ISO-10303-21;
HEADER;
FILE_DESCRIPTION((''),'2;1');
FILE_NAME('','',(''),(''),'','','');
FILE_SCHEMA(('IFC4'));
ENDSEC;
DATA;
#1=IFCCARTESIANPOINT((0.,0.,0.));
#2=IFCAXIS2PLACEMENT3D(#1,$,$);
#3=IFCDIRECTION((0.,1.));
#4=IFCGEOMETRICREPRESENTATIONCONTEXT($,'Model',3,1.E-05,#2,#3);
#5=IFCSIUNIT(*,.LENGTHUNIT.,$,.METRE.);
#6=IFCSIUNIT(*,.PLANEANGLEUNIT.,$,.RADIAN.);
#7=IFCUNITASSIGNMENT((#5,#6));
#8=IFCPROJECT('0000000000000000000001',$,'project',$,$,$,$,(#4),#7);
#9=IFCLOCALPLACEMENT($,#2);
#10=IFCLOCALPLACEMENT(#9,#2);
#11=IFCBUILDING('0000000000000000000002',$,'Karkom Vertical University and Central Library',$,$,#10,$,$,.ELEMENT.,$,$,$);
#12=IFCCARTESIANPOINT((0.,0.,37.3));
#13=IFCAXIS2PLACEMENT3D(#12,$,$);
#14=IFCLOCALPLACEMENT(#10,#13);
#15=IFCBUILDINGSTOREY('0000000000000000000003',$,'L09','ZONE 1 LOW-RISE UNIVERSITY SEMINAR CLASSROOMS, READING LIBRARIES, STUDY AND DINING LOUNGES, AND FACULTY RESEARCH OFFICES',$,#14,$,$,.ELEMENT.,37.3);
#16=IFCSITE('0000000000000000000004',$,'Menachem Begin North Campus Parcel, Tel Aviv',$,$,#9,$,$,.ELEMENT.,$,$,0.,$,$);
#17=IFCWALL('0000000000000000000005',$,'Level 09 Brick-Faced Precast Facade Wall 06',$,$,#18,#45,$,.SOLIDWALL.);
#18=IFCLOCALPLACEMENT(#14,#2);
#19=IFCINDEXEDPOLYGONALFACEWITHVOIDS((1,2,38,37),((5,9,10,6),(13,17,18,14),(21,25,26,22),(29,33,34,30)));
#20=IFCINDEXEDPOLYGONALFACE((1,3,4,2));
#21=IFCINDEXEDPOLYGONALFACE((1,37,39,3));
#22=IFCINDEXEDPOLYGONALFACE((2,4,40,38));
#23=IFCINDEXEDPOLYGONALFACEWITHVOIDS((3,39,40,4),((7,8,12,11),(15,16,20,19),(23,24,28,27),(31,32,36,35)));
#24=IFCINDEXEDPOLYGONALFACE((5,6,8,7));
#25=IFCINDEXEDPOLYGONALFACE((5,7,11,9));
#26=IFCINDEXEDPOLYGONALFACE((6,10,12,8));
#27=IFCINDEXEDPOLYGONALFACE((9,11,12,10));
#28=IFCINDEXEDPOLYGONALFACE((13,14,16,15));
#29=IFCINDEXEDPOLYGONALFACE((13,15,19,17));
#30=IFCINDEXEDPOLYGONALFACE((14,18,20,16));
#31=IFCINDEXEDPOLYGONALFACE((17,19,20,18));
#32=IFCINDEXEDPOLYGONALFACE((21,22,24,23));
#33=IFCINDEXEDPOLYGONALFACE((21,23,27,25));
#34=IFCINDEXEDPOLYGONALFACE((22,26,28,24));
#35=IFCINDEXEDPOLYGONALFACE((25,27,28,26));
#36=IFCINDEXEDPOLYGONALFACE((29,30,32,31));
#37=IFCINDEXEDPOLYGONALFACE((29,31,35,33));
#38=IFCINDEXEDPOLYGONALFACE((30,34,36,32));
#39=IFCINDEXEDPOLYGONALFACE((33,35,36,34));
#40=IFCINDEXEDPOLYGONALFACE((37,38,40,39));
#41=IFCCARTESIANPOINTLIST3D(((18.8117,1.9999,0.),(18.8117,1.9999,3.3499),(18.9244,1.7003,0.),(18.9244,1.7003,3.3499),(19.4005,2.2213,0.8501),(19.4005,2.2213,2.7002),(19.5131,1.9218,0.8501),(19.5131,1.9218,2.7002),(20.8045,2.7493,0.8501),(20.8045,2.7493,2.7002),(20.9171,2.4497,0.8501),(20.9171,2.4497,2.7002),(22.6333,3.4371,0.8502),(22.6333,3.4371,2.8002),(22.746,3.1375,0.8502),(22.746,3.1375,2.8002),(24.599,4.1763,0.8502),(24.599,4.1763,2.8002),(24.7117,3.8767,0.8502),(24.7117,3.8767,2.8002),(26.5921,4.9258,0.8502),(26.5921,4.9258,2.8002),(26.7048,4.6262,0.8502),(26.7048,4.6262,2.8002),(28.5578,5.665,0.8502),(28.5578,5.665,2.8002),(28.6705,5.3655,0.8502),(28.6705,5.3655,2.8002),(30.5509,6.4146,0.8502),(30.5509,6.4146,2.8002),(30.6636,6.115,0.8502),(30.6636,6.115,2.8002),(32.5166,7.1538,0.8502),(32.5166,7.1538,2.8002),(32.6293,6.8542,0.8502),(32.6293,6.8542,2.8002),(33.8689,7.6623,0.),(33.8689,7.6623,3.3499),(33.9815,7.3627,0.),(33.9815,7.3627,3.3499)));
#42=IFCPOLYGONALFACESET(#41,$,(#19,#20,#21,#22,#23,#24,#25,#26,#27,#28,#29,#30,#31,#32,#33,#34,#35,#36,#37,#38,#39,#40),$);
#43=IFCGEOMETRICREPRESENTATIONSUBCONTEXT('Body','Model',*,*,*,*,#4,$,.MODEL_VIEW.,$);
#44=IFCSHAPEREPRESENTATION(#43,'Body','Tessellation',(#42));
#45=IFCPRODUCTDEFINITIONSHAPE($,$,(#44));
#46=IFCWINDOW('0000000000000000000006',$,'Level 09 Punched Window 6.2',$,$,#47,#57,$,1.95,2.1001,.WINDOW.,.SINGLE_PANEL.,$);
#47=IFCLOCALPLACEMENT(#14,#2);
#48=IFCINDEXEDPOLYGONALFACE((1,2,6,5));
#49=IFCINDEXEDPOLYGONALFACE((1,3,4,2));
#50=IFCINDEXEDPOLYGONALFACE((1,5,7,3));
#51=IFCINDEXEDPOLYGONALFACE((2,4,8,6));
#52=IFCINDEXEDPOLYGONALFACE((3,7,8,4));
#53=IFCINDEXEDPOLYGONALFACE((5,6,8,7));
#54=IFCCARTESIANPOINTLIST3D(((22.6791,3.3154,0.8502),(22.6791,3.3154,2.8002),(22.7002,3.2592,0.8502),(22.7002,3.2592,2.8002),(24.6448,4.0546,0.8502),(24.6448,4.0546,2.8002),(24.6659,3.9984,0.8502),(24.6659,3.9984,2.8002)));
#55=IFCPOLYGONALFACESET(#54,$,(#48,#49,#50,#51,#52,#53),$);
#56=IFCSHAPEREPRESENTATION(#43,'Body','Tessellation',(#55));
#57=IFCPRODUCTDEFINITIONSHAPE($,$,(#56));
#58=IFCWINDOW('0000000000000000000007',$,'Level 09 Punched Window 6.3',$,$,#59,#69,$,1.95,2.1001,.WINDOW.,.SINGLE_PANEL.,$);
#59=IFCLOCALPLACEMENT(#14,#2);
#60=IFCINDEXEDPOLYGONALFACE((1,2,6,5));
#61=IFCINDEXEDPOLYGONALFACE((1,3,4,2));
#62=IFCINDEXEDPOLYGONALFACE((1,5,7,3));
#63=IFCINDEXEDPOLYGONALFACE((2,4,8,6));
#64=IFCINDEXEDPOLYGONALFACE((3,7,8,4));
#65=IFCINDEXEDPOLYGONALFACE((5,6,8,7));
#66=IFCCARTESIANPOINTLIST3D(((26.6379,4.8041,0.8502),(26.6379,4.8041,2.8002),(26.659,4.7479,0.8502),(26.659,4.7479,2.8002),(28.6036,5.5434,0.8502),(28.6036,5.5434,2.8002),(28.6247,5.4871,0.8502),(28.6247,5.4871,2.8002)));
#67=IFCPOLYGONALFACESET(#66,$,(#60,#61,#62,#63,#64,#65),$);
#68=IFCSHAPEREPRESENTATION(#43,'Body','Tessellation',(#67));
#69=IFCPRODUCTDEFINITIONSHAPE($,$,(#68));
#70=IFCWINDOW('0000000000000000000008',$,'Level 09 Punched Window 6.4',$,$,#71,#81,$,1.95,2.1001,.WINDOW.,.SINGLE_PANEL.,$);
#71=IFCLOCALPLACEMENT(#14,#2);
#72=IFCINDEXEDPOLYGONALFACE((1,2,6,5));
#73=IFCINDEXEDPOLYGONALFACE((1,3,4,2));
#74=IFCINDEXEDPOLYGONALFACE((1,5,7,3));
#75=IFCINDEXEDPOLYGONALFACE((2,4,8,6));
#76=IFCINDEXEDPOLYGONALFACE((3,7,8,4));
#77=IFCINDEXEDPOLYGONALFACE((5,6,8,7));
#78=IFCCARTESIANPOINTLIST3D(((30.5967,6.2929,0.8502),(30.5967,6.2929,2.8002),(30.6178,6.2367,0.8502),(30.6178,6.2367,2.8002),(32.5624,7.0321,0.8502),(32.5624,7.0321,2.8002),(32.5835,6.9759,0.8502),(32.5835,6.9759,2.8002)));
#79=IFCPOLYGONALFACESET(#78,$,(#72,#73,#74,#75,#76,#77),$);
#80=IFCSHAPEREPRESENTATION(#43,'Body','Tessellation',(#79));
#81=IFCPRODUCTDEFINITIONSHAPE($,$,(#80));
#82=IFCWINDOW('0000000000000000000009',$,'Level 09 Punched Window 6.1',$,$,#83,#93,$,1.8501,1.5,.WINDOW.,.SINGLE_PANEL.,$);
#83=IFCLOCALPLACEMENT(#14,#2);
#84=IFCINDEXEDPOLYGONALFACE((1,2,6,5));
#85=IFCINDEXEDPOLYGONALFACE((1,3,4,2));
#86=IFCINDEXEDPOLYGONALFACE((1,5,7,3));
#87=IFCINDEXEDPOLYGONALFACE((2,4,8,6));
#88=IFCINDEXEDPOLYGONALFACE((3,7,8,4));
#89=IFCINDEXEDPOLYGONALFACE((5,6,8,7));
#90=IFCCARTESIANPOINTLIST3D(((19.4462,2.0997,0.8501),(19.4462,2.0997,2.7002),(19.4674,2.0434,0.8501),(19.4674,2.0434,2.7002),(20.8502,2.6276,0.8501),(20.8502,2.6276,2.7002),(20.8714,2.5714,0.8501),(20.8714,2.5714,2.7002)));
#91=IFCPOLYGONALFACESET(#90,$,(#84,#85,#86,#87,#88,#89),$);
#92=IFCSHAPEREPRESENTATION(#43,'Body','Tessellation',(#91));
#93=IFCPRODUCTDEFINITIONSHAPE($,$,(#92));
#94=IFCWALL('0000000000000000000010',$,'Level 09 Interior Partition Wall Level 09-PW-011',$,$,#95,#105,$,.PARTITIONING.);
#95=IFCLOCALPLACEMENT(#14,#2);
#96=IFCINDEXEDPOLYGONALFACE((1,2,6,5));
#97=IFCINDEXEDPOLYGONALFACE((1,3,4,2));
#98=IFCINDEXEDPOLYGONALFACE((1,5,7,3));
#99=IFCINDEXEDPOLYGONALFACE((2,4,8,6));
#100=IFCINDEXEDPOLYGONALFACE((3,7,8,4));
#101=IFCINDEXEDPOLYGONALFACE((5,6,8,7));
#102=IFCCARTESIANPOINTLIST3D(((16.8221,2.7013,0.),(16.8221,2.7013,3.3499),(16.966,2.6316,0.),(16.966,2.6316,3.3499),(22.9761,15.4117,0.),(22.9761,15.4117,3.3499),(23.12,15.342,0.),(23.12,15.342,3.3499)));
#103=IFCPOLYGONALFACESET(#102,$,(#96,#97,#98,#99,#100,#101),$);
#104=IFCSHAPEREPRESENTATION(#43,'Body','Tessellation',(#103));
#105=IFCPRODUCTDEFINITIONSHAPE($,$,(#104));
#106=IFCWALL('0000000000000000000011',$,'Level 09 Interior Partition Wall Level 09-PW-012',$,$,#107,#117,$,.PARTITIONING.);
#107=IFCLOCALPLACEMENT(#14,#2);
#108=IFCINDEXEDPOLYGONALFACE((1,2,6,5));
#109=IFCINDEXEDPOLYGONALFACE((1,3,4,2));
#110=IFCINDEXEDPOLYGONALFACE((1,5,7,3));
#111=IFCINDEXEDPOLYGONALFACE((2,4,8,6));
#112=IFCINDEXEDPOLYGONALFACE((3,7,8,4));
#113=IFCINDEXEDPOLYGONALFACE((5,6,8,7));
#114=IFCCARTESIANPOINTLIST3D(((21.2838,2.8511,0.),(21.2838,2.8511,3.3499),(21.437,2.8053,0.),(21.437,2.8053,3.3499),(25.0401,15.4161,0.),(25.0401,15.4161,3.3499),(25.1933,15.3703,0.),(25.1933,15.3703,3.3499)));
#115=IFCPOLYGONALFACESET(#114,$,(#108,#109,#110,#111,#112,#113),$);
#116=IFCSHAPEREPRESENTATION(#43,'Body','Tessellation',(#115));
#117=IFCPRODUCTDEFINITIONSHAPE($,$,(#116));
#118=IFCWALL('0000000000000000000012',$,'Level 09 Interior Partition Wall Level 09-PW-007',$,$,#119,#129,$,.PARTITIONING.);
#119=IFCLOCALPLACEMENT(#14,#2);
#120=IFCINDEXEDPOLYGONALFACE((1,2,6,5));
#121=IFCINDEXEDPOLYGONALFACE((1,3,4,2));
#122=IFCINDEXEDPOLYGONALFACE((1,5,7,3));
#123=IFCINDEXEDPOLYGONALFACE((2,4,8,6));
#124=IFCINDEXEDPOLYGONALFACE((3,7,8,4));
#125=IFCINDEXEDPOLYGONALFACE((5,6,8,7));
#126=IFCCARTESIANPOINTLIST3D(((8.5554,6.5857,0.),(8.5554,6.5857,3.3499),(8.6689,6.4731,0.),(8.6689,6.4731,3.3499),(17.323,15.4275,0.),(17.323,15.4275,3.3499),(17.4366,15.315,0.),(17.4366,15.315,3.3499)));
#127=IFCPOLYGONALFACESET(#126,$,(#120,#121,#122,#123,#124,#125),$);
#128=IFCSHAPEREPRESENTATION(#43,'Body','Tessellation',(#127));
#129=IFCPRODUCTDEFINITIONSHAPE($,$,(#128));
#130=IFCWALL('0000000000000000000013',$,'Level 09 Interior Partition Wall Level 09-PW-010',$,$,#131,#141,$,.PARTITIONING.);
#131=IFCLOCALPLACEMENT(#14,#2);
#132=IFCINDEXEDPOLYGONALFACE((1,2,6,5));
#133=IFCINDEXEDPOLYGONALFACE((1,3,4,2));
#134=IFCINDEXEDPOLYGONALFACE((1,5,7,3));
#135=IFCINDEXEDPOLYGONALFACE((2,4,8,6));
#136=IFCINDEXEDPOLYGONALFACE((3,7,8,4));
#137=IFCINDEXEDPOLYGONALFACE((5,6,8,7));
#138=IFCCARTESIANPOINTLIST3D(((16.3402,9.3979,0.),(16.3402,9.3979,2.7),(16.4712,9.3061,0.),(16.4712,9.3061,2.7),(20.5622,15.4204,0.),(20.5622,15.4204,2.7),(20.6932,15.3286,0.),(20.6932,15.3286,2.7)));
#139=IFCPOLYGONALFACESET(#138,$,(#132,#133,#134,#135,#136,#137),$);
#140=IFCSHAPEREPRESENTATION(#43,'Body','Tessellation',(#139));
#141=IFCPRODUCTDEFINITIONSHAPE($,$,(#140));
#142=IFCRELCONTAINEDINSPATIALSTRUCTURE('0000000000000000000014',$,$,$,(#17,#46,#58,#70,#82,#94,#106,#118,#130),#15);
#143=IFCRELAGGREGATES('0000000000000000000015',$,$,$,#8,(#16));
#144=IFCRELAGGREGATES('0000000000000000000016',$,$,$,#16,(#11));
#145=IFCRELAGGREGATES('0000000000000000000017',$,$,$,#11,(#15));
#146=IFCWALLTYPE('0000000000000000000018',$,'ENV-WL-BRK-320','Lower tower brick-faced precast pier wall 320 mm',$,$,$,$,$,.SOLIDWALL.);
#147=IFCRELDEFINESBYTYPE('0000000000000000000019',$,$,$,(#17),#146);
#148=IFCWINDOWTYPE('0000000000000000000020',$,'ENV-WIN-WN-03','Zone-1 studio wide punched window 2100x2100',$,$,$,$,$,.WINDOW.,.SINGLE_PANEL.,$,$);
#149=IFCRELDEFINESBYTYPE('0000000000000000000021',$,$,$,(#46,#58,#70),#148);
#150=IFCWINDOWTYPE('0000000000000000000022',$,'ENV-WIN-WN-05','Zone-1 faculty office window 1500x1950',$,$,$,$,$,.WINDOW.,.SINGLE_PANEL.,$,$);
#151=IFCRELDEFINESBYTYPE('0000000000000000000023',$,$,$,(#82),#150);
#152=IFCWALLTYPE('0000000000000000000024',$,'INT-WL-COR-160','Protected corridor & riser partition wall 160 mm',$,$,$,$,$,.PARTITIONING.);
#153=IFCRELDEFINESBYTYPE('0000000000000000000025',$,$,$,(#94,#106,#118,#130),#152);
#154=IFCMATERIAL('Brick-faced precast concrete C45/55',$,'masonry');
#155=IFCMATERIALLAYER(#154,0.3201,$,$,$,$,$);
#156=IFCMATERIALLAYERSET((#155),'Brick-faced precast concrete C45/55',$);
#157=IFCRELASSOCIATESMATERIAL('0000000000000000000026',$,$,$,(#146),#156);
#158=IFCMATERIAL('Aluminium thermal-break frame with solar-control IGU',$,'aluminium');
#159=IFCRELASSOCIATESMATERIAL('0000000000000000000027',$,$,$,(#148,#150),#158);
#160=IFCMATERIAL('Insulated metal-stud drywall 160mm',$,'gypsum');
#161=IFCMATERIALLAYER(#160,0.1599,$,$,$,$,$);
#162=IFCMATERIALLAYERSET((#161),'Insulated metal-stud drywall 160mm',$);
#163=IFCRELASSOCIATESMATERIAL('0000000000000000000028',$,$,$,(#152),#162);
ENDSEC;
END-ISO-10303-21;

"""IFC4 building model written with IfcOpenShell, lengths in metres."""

from ifc_helpers import new_model, si_unit, direction, frame, frame_2d, origin, origin_with_axes, place, context, subcontext, project, spatial, rectangle, extrude, source, transform, mapped, material, layer, layer_set, type_object, element, fill, save


model = new_model("IFC4")

# Units and contexts
model_context = context("Model", 3, precision=1e-05, world=origin(), true_north=direction((0.0, 1.0)))
body_context = subcontext(model_context, "Body", "Model", "MODEL_VIEW")
ifc_project = project(units=[si_unit("LENGTHUNIT", "METRE"), si_unit("PLANEANGLEUNIT", "RADIAN")], contexts=[model_context])

# Site, building, storey
site_placement = place(None, origin())
site = spatial("IfcSite", under=ifc_project, at=site_placement, Name="Menachem Begin North Campus Parcel, Tel Aviv", CompositionType="ELEMENT", RefElevation=0.0)
building_placement = place(site_placement, origin())
building = spatial("IfcBuilding", under=site, at=building_placement, Name="Karkom Vertical University and Central Library", CompositionType="ELEMENT")
storey_placement = place(building_placement, frame((0.0, 0.0, 37.3)))
storey = spatial("IfcBuildingStorey", under=building, at=storey_placement, Name="L09", Description="ZONE 1 LOW-RISE UNIVERSITY SEMINAR CLASSROOMS, READING LIBRARIES, STUDY AND DINING LOUNGES, AND FACULTY RESEARCH OFFICES", CompositionType="ELEMENT", Elevation=37.3)

# Wall, openings, windows
ifc_material_1 = material(Name="Brick-faced precast concrete C45/55", Category="masonry")
ifc_layer_1 = layer(ifc_material_1, 0.3201)
ifc_layer_set_1 = layer_set([ifc_layer_1], Name="Brick-faced precast concrete C45/55")
wall_type_1 = type_object("IfcWallType", Name="ENV-WL-BRK-320", Description="Lower tower brick-faced precast pier wall 320 mm", PredefinedType="SOLIDWALL", material=ifc_layer_set_1)
wall_1_placement = place(storey_placement, frame((18.8679, 1.8501, 0.0), z_axis=(0.0, 0.0, 1.0), x_axis=(0.936003, 0.351991, 0.0)))
wall_1 = element("IfcWall", 1, at=wall_1_placement, inside=storey, type_object=wall_type_1, Name="Level 09 Brick-Faced Precast Facade Wall 06", PredefinedType="SOLIDWALL", context=body_context, shape_type="SweptSolid", body=[
    extrude(rectangle(XDim=16.0867, YDim=0.3201, at=frame_2d((8.0435, 0.0))), origin(), (0.0, 0.0, 1.0), 3.3499),
])
opening_1_placement = place(wall_1_placement, frame((0.6292, 0.0, 0.8501)))
opening_1 = element("IfcOpeningElement", 2, at=opening_1_placement, cuts=wall_1, PredefinedType="OPENING", context=body_context, shape_type="SweptSolid", body=[
    extrude(rectangle(XDim=1.5, YDim=1.8501, at=frame_2d((0.75, 0.925))), frame((0.0, 0.1699, 0.0), z_axis=(0.0, -1.0, 0.0), x_axis=(1.0, 0.0, 0.0)), (0.0, 0.0, 1.0), 0.3401),
])
opening_2_placement = place(wall_1_placement, frame((4.083, 0.0, 0.8501)))
opening_2 = element("IfcOpeningElement", 3, at=opening_2_placement, cuts=wall_1, PredefinedType="OPENING", context=body_context, shape_type="SweptSolid", body=[
    extrude(rectangle(XDim=2.1001, YDim=1.95, at=frame_2d((1.05, 0.9751))), frame((0.0, 0.1699, 0.0), z_axis=(0.0, -1.0, 0.0), x_axis=(1.0, 0.0, 0.0)), (0.0, 0.0, 1.0), 0.3401),
])
opening_3_placement = place(wall_1_placement, frame((8.3125, 0.0, 0.8501)))
opening_3 = element("IfcOpeningElement", 4, at=opening_3_placement, cuts=wall_1, PredefinedType="OPENING", context=body_context, shape_type="SweptSolid", body=[
    extrude(rectangle(XDim=2.1001, YDim=1.95, at=frame_2d((1.05, 0.9751))), frame((0.0, 0.1699, 0.0), z_axis=(0.0, -1.0, 0.0), x_axis=(1.0, 0.0, 0.0)), (0.0, 0.0, 1.0), 0.3401),
])
opening_4_placement = place(wall_1_placement, frame((12.542, 0.0, 0.8501)))
opening_4 = element("IfcOpeningElement", 5, at=opening_4_placement, cuts=wall_1, PredefinedType="OPENING", context=body_context, shape_type="SweptSolid", body=[
    extrude(rectangle(XDim=2.1001, YDim=1.95, at=frame_2d((1.05, 0.9751))), frame((0.0, 0.1699, 0.0), z_axis=(0.0, -1.0, 0.0), x_axis=(1.0, 0.0, 0.0)), (0.0, 0.0, 1.0), 0.3401),
])
ifc_material_2 = material(Name="Aluminium thermal-break frame with solar-control IGU", Category="aluminium")
window_type_1 = type_object("IfcWindowType", Name="ENV-WIN-WN-03", Description="Zone-1 studio wide punched window 2100x2100", PartitioningType="SINGLE_PANEL", PredefinedType="WINDOW", material=ifc_material_2)
shared_shape_1 = source(origin_with_axes(), body_context, "Body", "SweptSolid", [
    extrude(rectangle(XDim=2.1001, YDim=1.95, at=frame_2d((1.05, 0.9751))), frame((0.0, 0.03, 0.0), z_axis=(0.0, -1.0, 0.0), x_axis=(1.0, 0.0, 0.0)), (0.0, 0.0, 1.0), 0.0601),
])
window_1_placement = place(opening_2_placement, origin())
window_1 = element("IfcWindow", 6, at=window_1_placement, inside=storey, type_object=window_type_1, Name="Level 09 Punched Window 6.2", OverallHeight=1.95, OverallWidth=2.1001, PartitioningType="SINGLE_PANEL", PredefinedType="WINDOW", context=body_context, shape_type="MappedRepresentation", body=[
    mapped(shared_shape_1, transform((0.0, 0.0, 0.0), scale=1.0)),
])
fill(opening_2, window_1)
window_2_placement = place(opening_3_placement, origin())
window_2 = element("IfcWindow", 7, at=window_2_placement, inside=storey, type_object=window_type_1, Name="Level 09 Punched Window 6.3", OverallHeight=1.95, OverallWidth=2.1001, PartitioningType="SINGLE_PANEL", PredefinedType="WINDOW", context=body_context, shape_type="MappedRepresentation", body=[
    mapped(shared_shape_1, transform((0.0, 0.0, 0.0), scale=1.0)),
])
fill(opening_3, window_2)
window_3_placement = place(opening_4_placement, origin())
window_3 = element("IfcWindow", 8, at=window_3_placement, inside=storey, type_object=window_type_1, Name="Level 09 Punched Window 6.4", OverallHeight=1.95, OverallWidth=2.1001, PartitioningType="SINGLE_PANEL", PredefinedType="WINDOW", context=body_context, shape_type="MappedRepresentation", body=[
    mapped(shared_shape_1, transform((0.0, 0.0, 0.0), scale=1.0)),
])
fill(opening_4, window_3)
window_type_2 = type_object("IfcWindowType", Name="ENV-WIN-WN-05", Description="Zone-1 faculty office window 1500x1950", PartitioningType="SINGLE_PANEL", PredefinedType="WINDOW", material=ifc_material_2)
shared_shape_2 = source(origin_with_axes(), body_context, "Body", "SweptSolid", [
    extrude(rectangle(XDim=1.5, YDim=1.8501, at=frame_2d((0.75, 0.925))), frame((0.0, 0.03, 0.0), z_axis=(0.0, -1.0, 0.0), x_axis=(1.0, 0.0, 0.0)), (0.0, 0.0, 1.0), 0.0601),
])
window_4_placement = place(opening_1_placement, origin())
window_4 = element("IfcWindow", 9, at=window_4_placement, inside=storey, type_object=window_type_2, Name="Level 09 Punched Window 6.1", OverallHeight=1.8501, OverallWidth=1.5, PartitioningType="SINGLE_PANEL", PredefinedType="WINDOW", context=body_context, shape_type="MappedRepresentation", body=[
    mapped(shared_shape_2, transform((0.0, 0.0, 0.0), scale=1.0)),
])
fill(opening_1, window_4)

# Walls
ifc_material_3 = material(Name="Insulated metal-stud drywall 160mm", Category="gypsum")
ifc_layer_2 = layer(ifc_material_3, 0.1599)
ifc_layer_set_2 = layer_set([ifc_layer_2], Name="Insulated metal-stud drywall 160mm")
wall_type_2 = type_object("IfcWallType", Name="INT-WL-COR-160", Description="Protected corridor & riser partition wall 160 mm", PredefinedType="PARTITIONING", material=ifc_layer_set_2)
wall_2_placement = place(storey_placement, frame((23.0481, 15.377, 0.0), z_axis=(0.0, 0.0, 1.0), x_axis=(-0.435781, -0.900053, 0.0)))
element("IfcWall", 10, at=wall_2_placement, inside=storey, type_object=wall_type_2, Name="Level 09 Interior Partition Wall Level 09-PW-011", PredefinedType="PARTITIONING", context=body_context, shape_type="SweptSolid", body=[
    extrude(rectangle(XDim=14.1218, YDim=0.1599, at=frame_2d((7.061, 0.0))), origin(), (0.0, 0.0, 1.0), 3.3499),
])
wall_3_placement = place(storey_placement, frame((25.1167, 15.3931, 0.0), z_axis=(0.0, 0.0, 1.0), x_axis=(-0.286429, -0.958102, 0.0)))
element("IfcWall", 11, at=wall_3_placement, inside=storey, type_object=wall_type_2, Name="Level 09 Interior Partition Wall Level 09-PW-012", PredefinedType="PARTITIONING", context=body_context, shape_type="SweptSolid", body=[
    extrude(rectangle(XDim=13.1145, YDim=0.1599, at=frame_2d((6.5571, 0.0))), origin(), (0.0, 0.0, 1.0), 3.3499),
])
wall_4_placement = place(storey_placement, frame((17.3799, 15.3713, 0.0), z_axis=(0.0, 0.0, 1.0), x_axis=(-0.70412, -0.710081, 0.0)))
element("IfcWall", 12, at=wall_4_placement, inside=storey, type_object=wall_type_2, Name="Level 09 Interior Partition Wall Level 09-PW-007", PredefinedType="PARTITIONING", context=body_context, shape_type="SweptSolid", body=[
    extrude(rectangle(XDim=12.4519, YDim=0.1599, at=frame_2d((6.2261, 0.0))), origin(), (0.0, 0.0, 1.0), 3.3499),
])
wall_5_placement = place(storey_placement, frame((20.6277, 15.3745, 0.0), z_axis=(0.0, 0.0, 1.0), x_axis=(-0.574028, -0.818836, 0.0)))
element("IfcWall", 13, at=wall_5_placement, inside=storey, type_object=wall_type_2, Name="Level 09 Interior Partition Wall Level 09-PW-010", PredefinedType="PARTITIONING", context=body_context, shape_type="SweptSolid", body=[
    extrude(rectangle(XDim=7.355, YDim=0.1599, at=frame_2d((3.6775, 0.0))), origin(), (0.0, 0.0, 1.0), 2.7),
])

save(model, "model.ifc")
